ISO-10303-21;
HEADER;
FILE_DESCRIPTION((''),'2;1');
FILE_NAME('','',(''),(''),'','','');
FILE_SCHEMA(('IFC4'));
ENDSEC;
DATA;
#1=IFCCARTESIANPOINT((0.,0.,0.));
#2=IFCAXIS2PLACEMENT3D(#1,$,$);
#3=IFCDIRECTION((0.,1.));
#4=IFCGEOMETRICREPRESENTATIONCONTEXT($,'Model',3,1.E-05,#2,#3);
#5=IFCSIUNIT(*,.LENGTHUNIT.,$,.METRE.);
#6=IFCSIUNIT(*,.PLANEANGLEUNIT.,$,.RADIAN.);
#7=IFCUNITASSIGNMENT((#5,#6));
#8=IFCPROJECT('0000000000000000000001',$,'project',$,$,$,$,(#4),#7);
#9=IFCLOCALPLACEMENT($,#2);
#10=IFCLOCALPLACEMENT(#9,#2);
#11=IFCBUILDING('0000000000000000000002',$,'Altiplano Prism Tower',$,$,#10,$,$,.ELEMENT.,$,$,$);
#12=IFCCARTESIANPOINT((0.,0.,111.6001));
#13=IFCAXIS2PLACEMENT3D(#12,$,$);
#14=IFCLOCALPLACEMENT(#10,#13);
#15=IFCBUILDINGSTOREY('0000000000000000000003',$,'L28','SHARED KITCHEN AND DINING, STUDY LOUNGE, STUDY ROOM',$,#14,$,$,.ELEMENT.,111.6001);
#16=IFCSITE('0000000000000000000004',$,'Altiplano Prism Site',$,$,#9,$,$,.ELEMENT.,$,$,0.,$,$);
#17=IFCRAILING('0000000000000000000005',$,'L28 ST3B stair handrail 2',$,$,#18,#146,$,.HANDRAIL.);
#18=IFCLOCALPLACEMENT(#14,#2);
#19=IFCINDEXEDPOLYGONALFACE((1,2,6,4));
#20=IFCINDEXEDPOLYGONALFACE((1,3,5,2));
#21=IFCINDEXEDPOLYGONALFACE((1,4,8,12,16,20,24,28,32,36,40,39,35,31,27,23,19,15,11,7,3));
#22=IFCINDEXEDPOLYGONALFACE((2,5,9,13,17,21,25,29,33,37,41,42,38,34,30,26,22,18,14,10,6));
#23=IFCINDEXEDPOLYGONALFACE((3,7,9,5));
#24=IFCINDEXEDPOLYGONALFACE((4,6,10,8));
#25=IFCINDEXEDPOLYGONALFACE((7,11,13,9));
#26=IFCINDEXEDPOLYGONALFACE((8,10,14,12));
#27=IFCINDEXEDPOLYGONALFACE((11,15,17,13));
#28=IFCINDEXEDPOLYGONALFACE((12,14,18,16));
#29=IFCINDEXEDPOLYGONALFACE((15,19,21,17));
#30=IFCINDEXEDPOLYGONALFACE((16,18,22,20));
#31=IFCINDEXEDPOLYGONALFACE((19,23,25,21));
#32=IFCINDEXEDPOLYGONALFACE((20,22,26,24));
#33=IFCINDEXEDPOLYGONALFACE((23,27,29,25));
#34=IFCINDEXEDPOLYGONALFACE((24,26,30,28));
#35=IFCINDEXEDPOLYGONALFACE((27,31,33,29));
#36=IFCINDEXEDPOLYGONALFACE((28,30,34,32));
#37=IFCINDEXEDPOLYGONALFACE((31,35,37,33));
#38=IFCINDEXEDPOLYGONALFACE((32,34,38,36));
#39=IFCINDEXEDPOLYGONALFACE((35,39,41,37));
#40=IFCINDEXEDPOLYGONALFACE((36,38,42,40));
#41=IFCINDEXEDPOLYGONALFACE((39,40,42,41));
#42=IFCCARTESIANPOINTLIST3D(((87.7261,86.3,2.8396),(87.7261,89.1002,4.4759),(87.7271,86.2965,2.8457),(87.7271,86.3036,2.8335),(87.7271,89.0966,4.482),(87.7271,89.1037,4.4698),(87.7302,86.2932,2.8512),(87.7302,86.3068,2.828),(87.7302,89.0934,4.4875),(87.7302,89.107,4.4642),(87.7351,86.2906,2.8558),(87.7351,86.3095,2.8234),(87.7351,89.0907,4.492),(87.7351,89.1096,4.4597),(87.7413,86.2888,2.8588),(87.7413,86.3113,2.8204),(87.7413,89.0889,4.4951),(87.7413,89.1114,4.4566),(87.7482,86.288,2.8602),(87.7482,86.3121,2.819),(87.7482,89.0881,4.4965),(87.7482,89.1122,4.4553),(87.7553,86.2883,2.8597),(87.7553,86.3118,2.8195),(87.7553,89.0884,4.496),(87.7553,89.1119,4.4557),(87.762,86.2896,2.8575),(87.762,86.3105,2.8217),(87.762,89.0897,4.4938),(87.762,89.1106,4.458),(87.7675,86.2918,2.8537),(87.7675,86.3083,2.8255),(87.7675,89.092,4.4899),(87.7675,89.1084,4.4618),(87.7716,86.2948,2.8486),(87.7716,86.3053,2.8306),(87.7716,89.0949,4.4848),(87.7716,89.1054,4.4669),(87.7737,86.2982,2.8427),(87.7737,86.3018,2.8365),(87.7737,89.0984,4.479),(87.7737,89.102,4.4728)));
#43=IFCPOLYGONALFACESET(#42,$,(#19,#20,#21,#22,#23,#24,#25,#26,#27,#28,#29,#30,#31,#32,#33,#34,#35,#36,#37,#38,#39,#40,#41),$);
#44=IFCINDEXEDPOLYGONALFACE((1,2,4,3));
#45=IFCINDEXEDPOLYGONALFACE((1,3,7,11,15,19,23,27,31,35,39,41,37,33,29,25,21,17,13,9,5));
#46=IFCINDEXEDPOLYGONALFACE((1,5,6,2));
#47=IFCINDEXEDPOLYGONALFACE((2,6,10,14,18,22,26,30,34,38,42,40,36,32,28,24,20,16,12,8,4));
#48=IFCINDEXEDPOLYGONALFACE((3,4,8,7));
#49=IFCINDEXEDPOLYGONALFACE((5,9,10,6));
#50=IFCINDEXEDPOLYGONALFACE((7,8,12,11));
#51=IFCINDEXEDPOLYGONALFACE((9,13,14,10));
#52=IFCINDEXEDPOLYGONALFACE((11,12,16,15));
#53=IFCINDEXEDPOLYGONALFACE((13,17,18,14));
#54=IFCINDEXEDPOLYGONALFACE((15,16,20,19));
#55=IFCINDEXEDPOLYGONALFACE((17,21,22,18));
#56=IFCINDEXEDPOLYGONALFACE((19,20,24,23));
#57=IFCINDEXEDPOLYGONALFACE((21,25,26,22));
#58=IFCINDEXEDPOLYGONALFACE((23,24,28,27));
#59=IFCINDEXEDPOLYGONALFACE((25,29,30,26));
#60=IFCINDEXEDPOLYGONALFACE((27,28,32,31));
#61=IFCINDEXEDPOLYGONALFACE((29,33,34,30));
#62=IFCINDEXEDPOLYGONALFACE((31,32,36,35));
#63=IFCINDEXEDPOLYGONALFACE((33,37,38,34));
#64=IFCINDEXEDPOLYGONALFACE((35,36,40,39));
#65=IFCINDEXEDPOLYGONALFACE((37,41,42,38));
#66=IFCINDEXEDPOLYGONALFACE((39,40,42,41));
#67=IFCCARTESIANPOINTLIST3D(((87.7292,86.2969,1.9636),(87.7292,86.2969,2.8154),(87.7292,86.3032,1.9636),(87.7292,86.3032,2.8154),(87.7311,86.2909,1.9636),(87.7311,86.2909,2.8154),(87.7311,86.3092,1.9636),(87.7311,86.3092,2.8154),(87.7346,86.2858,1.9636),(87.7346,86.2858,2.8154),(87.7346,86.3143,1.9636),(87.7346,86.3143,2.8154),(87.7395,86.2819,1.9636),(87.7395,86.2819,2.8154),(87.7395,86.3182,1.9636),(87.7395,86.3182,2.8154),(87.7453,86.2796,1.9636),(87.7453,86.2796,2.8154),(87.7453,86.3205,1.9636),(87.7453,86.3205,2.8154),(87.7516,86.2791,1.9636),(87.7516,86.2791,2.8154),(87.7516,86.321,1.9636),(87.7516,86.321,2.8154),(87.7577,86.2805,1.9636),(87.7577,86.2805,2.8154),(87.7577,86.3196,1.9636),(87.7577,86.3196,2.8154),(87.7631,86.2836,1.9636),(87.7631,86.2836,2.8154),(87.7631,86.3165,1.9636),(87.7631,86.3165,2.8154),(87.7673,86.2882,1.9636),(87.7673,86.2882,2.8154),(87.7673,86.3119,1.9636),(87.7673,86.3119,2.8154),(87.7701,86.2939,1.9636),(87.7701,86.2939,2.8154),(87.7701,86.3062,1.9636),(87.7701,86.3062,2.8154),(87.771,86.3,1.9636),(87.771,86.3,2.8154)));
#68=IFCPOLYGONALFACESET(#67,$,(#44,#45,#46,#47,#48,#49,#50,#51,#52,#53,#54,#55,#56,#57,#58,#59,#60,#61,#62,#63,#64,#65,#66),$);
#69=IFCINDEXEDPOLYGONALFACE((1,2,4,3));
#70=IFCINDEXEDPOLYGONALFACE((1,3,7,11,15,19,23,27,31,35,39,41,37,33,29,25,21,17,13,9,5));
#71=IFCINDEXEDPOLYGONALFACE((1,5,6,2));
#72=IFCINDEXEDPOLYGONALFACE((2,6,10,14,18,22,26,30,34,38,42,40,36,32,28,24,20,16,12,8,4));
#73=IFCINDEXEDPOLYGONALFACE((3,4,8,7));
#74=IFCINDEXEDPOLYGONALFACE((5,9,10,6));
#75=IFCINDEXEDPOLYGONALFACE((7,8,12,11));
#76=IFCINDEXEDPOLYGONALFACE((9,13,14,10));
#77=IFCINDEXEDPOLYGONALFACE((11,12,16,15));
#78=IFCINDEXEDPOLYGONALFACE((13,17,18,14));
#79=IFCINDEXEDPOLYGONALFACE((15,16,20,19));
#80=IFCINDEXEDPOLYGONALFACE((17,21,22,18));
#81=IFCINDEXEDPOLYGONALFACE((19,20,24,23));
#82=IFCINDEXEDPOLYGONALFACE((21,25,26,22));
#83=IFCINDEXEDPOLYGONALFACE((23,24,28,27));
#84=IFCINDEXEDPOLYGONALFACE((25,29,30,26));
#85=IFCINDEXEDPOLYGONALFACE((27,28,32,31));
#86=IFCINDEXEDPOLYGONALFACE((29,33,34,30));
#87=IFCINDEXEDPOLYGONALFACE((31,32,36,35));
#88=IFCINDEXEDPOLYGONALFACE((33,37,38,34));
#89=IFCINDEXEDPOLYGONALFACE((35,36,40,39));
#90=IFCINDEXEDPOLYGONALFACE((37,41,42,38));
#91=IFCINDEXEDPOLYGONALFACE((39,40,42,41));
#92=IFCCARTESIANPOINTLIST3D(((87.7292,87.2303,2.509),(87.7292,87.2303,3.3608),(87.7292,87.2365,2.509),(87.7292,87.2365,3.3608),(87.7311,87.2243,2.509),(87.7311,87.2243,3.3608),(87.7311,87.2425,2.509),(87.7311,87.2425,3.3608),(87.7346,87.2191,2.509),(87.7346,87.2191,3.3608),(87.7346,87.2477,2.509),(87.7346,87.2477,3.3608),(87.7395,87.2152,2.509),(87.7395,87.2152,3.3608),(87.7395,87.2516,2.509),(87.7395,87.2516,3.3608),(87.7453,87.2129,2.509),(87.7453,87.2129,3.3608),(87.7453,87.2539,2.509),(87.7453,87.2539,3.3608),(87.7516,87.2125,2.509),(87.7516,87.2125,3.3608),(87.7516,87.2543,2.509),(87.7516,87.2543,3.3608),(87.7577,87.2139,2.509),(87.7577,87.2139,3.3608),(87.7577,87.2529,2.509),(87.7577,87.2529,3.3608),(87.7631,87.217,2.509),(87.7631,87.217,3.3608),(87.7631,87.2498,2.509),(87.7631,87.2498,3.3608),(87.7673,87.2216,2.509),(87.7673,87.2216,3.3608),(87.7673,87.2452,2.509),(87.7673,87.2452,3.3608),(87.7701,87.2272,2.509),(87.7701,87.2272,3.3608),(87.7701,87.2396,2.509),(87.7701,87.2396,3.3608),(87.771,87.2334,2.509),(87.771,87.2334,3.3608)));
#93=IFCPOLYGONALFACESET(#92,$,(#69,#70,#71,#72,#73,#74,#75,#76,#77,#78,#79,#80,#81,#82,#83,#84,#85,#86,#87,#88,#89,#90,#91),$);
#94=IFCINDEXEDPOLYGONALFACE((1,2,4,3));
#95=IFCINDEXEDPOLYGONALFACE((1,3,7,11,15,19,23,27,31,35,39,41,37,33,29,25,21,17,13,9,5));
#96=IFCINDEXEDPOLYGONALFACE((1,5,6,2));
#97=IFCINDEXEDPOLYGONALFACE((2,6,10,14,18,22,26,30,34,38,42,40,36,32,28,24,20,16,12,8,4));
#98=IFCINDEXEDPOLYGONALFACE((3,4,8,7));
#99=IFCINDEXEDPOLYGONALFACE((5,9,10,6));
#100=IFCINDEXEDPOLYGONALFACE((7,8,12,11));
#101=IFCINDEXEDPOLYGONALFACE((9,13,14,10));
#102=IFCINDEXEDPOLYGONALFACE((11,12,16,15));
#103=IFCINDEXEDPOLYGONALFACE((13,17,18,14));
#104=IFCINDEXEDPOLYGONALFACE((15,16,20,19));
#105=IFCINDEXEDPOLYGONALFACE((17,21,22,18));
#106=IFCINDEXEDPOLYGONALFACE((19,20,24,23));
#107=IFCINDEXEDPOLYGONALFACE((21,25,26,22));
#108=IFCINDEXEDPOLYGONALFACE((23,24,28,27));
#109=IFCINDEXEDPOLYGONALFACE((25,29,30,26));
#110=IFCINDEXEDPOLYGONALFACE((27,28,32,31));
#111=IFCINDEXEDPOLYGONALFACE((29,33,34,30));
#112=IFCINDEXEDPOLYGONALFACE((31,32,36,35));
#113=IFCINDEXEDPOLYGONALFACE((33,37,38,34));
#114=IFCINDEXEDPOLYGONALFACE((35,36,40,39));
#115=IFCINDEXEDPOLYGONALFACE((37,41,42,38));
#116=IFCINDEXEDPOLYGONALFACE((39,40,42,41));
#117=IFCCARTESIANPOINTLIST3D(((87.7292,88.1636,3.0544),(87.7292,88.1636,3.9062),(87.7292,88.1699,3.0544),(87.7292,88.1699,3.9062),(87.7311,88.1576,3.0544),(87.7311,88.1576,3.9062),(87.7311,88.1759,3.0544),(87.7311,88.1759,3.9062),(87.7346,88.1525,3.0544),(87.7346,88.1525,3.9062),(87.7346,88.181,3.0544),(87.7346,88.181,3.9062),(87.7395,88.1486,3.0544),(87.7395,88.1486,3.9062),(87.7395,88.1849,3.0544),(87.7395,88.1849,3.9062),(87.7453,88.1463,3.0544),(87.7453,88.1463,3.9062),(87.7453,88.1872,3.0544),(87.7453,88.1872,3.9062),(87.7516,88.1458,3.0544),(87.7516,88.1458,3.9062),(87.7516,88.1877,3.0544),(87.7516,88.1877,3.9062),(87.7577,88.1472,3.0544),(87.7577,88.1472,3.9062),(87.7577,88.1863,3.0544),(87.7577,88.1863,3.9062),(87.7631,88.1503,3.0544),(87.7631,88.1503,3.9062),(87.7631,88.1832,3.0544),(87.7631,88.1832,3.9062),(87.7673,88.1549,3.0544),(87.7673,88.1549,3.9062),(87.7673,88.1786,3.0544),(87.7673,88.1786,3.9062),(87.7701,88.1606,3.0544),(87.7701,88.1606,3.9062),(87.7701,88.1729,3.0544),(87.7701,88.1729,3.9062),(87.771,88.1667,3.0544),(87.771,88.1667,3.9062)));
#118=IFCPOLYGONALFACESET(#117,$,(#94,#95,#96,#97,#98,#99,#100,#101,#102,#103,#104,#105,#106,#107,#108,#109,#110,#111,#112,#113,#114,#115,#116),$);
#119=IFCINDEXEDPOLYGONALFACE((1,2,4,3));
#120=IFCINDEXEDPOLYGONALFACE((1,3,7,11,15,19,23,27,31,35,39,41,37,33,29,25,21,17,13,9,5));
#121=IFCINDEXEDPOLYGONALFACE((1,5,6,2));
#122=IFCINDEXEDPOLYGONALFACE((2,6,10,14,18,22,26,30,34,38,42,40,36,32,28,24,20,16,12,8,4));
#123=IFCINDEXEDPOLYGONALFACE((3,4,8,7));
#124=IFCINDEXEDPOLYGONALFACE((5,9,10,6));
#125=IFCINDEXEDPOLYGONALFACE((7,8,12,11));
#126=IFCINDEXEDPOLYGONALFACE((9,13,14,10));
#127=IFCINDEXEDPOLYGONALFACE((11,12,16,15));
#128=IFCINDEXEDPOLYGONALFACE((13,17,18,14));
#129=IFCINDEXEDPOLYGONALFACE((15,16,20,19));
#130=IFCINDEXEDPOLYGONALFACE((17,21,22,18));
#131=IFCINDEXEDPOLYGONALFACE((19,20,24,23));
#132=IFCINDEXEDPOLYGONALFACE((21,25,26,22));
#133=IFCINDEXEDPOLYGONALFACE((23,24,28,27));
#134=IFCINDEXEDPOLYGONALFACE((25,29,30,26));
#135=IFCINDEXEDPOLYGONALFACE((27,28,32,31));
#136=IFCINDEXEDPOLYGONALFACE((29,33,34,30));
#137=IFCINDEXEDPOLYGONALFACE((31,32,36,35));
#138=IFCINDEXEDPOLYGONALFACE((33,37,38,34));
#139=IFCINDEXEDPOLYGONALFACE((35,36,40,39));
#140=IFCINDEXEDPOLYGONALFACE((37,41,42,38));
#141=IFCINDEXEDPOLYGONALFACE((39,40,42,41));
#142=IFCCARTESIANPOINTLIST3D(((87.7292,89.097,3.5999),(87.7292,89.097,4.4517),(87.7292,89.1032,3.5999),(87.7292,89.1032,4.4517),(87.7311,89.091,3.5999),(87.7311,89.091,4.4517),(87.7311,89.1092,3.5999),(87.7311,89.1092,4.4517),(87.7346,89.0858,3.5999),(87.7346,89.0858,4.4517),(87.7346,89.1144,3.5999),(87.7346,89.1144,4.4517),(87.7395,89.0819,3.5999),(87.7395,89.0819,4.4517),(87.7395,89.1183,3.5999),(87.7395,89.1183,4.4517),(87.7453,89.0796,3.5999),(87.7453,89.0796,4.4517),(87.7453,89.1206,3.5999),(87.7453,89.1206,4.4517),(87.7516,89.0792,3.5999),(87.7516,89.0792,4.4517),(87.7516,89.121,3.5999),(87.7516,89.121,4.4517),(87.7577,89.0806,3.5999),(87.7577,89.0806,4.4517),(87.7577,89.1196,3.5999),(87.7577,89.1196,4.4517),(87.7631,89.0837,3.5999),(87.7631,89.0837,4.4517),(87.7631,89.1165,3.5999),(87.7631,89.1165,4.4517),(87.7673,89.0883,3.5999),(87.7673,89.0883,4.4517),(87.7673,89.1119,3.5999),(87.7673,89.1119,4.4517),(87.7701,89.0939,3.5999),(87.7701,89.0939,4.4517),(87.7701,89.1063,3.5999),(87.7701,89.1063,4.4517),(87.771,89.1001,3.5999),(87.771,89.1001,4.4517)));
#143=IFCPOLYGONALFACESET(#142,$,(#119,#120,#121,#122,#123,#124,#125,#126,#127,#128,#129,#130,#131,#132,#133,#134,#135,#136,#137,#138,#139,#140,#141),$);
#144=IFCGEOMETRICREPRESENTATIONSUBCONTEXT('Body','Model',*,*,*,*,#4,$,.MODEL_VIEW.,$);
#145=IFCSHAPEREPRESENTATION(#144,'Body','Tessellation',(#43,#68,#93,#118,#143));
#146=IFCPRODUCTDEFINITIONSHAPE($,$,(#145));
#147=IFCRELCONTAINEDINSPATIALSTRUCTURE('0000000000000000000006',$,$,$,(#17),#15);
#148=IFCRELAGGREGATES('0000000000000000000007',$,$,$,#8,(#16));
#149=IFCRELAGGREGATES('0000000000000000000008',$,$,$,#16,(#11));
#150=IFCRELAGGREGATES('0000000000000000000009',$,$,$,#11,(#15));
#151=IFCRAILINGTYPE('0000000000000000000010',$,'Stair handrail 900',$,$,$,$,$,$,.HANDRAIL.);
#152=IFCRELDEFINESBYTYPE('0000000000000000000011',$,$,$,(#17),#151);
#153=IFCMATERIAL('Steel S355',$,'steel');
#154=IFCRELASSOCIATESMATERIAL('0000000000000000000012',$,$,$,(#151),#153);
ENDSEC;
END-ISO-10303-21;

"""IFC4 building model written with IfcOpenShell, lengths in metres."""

from ifc_helpers import new_model, si_unit, direction, frame, origin, origin_2d, place, context, subcontext, project, spatial, circle, extrude, material, type_object, element, save


model = new_model("IFC4")

# Units and contexts
model_context = context("Model", 3, precision=1e-05, world=origin(), true_north=direction((0.0, 1.0)))
body_context = subcontext(model_context, "Body", "Model", "MODEL_VIEW")
ifc_project = project(units=[si_unit("LENGTHUNIT", "METRE"), si_unit("PLANEANGLEUNIT", "RADIAN")], contexts=[model_context])

# Site, building, storey
site_placement = place(None, origin())
site = spatial("IfcSite", under=ifc_project, at=site_placement, Name="Altiplano Prism Site", CompositionType="ELEMENT", RefElevation=0.0)
building_placement = place(site_placement, origin())
building = spatial("IfcBuilding", under=site, at=building_placement, Name="Altiplano Prism Tower", CompositionType="ELEMENT")
storey_placement = place(building_placement, frame((0.0, 0.0, 111.6001)))
storey = spatial("IfcBuildingStorey", under=building, at=storey_placement, Name="L28", Description="SHARED KITCHEN AND DINING, STUDY LOUNGE, STUDY ROOM", CompositionType="ELEMENT", Elevation=111.6001)

# Railing
ifc_material_1 = material(Name="Steel S355", Category="steel")
railing_type_1 = type_object("IfcRailingType", Name="Stair handrail 900", PredefinedType="HANDRAIL", material=ifc_material_1)
railing_1_placement = place(storey_placement, frame((87.75, 86.3, 1.9636)))
element("IfcRailing", 1, at=railing_1_placement, inside=storey, type_object=railing_type_1, Name="L28 ST3B stair handrail 2", PredefinedType="HANDRAIL", context=body_context, shape_type="SweptSolid", body=[
    extrude(circle(Radius=0.0239, at=origin_2d()), frame((0.0, 0.0, 0.876), z_axis=(0.0, 0.863394, 0.504531), x_axis=(-1.0, 0.0, 0.0)), (0.0, 0.0, 1.0), 3.2432),
    extrude(circle(Radius=0.021, at=origin_2d()), origin(), (0.0, 0.0, 1.0), 0.8518),
    extrude(circle(Radius=0.021, at=origin_2d()), frame((0.0, 0.9333, 0.5454)), (0.0, 0.0, 1.0), 0.8518),
    extrude(circle(Radius=0.021, at=origin_2d()), frame((0.0, 1.8667, 1.0908)), (0.0, 0.0, 1.0), 0.8518),
    extrude(circle(Radius=0.021, at=origin_2d()), frame((0.0, 2.8, 1.6362)), (0.0, 0.0, 1.0), 0.8518),
])

save(model, "model.ifc")
